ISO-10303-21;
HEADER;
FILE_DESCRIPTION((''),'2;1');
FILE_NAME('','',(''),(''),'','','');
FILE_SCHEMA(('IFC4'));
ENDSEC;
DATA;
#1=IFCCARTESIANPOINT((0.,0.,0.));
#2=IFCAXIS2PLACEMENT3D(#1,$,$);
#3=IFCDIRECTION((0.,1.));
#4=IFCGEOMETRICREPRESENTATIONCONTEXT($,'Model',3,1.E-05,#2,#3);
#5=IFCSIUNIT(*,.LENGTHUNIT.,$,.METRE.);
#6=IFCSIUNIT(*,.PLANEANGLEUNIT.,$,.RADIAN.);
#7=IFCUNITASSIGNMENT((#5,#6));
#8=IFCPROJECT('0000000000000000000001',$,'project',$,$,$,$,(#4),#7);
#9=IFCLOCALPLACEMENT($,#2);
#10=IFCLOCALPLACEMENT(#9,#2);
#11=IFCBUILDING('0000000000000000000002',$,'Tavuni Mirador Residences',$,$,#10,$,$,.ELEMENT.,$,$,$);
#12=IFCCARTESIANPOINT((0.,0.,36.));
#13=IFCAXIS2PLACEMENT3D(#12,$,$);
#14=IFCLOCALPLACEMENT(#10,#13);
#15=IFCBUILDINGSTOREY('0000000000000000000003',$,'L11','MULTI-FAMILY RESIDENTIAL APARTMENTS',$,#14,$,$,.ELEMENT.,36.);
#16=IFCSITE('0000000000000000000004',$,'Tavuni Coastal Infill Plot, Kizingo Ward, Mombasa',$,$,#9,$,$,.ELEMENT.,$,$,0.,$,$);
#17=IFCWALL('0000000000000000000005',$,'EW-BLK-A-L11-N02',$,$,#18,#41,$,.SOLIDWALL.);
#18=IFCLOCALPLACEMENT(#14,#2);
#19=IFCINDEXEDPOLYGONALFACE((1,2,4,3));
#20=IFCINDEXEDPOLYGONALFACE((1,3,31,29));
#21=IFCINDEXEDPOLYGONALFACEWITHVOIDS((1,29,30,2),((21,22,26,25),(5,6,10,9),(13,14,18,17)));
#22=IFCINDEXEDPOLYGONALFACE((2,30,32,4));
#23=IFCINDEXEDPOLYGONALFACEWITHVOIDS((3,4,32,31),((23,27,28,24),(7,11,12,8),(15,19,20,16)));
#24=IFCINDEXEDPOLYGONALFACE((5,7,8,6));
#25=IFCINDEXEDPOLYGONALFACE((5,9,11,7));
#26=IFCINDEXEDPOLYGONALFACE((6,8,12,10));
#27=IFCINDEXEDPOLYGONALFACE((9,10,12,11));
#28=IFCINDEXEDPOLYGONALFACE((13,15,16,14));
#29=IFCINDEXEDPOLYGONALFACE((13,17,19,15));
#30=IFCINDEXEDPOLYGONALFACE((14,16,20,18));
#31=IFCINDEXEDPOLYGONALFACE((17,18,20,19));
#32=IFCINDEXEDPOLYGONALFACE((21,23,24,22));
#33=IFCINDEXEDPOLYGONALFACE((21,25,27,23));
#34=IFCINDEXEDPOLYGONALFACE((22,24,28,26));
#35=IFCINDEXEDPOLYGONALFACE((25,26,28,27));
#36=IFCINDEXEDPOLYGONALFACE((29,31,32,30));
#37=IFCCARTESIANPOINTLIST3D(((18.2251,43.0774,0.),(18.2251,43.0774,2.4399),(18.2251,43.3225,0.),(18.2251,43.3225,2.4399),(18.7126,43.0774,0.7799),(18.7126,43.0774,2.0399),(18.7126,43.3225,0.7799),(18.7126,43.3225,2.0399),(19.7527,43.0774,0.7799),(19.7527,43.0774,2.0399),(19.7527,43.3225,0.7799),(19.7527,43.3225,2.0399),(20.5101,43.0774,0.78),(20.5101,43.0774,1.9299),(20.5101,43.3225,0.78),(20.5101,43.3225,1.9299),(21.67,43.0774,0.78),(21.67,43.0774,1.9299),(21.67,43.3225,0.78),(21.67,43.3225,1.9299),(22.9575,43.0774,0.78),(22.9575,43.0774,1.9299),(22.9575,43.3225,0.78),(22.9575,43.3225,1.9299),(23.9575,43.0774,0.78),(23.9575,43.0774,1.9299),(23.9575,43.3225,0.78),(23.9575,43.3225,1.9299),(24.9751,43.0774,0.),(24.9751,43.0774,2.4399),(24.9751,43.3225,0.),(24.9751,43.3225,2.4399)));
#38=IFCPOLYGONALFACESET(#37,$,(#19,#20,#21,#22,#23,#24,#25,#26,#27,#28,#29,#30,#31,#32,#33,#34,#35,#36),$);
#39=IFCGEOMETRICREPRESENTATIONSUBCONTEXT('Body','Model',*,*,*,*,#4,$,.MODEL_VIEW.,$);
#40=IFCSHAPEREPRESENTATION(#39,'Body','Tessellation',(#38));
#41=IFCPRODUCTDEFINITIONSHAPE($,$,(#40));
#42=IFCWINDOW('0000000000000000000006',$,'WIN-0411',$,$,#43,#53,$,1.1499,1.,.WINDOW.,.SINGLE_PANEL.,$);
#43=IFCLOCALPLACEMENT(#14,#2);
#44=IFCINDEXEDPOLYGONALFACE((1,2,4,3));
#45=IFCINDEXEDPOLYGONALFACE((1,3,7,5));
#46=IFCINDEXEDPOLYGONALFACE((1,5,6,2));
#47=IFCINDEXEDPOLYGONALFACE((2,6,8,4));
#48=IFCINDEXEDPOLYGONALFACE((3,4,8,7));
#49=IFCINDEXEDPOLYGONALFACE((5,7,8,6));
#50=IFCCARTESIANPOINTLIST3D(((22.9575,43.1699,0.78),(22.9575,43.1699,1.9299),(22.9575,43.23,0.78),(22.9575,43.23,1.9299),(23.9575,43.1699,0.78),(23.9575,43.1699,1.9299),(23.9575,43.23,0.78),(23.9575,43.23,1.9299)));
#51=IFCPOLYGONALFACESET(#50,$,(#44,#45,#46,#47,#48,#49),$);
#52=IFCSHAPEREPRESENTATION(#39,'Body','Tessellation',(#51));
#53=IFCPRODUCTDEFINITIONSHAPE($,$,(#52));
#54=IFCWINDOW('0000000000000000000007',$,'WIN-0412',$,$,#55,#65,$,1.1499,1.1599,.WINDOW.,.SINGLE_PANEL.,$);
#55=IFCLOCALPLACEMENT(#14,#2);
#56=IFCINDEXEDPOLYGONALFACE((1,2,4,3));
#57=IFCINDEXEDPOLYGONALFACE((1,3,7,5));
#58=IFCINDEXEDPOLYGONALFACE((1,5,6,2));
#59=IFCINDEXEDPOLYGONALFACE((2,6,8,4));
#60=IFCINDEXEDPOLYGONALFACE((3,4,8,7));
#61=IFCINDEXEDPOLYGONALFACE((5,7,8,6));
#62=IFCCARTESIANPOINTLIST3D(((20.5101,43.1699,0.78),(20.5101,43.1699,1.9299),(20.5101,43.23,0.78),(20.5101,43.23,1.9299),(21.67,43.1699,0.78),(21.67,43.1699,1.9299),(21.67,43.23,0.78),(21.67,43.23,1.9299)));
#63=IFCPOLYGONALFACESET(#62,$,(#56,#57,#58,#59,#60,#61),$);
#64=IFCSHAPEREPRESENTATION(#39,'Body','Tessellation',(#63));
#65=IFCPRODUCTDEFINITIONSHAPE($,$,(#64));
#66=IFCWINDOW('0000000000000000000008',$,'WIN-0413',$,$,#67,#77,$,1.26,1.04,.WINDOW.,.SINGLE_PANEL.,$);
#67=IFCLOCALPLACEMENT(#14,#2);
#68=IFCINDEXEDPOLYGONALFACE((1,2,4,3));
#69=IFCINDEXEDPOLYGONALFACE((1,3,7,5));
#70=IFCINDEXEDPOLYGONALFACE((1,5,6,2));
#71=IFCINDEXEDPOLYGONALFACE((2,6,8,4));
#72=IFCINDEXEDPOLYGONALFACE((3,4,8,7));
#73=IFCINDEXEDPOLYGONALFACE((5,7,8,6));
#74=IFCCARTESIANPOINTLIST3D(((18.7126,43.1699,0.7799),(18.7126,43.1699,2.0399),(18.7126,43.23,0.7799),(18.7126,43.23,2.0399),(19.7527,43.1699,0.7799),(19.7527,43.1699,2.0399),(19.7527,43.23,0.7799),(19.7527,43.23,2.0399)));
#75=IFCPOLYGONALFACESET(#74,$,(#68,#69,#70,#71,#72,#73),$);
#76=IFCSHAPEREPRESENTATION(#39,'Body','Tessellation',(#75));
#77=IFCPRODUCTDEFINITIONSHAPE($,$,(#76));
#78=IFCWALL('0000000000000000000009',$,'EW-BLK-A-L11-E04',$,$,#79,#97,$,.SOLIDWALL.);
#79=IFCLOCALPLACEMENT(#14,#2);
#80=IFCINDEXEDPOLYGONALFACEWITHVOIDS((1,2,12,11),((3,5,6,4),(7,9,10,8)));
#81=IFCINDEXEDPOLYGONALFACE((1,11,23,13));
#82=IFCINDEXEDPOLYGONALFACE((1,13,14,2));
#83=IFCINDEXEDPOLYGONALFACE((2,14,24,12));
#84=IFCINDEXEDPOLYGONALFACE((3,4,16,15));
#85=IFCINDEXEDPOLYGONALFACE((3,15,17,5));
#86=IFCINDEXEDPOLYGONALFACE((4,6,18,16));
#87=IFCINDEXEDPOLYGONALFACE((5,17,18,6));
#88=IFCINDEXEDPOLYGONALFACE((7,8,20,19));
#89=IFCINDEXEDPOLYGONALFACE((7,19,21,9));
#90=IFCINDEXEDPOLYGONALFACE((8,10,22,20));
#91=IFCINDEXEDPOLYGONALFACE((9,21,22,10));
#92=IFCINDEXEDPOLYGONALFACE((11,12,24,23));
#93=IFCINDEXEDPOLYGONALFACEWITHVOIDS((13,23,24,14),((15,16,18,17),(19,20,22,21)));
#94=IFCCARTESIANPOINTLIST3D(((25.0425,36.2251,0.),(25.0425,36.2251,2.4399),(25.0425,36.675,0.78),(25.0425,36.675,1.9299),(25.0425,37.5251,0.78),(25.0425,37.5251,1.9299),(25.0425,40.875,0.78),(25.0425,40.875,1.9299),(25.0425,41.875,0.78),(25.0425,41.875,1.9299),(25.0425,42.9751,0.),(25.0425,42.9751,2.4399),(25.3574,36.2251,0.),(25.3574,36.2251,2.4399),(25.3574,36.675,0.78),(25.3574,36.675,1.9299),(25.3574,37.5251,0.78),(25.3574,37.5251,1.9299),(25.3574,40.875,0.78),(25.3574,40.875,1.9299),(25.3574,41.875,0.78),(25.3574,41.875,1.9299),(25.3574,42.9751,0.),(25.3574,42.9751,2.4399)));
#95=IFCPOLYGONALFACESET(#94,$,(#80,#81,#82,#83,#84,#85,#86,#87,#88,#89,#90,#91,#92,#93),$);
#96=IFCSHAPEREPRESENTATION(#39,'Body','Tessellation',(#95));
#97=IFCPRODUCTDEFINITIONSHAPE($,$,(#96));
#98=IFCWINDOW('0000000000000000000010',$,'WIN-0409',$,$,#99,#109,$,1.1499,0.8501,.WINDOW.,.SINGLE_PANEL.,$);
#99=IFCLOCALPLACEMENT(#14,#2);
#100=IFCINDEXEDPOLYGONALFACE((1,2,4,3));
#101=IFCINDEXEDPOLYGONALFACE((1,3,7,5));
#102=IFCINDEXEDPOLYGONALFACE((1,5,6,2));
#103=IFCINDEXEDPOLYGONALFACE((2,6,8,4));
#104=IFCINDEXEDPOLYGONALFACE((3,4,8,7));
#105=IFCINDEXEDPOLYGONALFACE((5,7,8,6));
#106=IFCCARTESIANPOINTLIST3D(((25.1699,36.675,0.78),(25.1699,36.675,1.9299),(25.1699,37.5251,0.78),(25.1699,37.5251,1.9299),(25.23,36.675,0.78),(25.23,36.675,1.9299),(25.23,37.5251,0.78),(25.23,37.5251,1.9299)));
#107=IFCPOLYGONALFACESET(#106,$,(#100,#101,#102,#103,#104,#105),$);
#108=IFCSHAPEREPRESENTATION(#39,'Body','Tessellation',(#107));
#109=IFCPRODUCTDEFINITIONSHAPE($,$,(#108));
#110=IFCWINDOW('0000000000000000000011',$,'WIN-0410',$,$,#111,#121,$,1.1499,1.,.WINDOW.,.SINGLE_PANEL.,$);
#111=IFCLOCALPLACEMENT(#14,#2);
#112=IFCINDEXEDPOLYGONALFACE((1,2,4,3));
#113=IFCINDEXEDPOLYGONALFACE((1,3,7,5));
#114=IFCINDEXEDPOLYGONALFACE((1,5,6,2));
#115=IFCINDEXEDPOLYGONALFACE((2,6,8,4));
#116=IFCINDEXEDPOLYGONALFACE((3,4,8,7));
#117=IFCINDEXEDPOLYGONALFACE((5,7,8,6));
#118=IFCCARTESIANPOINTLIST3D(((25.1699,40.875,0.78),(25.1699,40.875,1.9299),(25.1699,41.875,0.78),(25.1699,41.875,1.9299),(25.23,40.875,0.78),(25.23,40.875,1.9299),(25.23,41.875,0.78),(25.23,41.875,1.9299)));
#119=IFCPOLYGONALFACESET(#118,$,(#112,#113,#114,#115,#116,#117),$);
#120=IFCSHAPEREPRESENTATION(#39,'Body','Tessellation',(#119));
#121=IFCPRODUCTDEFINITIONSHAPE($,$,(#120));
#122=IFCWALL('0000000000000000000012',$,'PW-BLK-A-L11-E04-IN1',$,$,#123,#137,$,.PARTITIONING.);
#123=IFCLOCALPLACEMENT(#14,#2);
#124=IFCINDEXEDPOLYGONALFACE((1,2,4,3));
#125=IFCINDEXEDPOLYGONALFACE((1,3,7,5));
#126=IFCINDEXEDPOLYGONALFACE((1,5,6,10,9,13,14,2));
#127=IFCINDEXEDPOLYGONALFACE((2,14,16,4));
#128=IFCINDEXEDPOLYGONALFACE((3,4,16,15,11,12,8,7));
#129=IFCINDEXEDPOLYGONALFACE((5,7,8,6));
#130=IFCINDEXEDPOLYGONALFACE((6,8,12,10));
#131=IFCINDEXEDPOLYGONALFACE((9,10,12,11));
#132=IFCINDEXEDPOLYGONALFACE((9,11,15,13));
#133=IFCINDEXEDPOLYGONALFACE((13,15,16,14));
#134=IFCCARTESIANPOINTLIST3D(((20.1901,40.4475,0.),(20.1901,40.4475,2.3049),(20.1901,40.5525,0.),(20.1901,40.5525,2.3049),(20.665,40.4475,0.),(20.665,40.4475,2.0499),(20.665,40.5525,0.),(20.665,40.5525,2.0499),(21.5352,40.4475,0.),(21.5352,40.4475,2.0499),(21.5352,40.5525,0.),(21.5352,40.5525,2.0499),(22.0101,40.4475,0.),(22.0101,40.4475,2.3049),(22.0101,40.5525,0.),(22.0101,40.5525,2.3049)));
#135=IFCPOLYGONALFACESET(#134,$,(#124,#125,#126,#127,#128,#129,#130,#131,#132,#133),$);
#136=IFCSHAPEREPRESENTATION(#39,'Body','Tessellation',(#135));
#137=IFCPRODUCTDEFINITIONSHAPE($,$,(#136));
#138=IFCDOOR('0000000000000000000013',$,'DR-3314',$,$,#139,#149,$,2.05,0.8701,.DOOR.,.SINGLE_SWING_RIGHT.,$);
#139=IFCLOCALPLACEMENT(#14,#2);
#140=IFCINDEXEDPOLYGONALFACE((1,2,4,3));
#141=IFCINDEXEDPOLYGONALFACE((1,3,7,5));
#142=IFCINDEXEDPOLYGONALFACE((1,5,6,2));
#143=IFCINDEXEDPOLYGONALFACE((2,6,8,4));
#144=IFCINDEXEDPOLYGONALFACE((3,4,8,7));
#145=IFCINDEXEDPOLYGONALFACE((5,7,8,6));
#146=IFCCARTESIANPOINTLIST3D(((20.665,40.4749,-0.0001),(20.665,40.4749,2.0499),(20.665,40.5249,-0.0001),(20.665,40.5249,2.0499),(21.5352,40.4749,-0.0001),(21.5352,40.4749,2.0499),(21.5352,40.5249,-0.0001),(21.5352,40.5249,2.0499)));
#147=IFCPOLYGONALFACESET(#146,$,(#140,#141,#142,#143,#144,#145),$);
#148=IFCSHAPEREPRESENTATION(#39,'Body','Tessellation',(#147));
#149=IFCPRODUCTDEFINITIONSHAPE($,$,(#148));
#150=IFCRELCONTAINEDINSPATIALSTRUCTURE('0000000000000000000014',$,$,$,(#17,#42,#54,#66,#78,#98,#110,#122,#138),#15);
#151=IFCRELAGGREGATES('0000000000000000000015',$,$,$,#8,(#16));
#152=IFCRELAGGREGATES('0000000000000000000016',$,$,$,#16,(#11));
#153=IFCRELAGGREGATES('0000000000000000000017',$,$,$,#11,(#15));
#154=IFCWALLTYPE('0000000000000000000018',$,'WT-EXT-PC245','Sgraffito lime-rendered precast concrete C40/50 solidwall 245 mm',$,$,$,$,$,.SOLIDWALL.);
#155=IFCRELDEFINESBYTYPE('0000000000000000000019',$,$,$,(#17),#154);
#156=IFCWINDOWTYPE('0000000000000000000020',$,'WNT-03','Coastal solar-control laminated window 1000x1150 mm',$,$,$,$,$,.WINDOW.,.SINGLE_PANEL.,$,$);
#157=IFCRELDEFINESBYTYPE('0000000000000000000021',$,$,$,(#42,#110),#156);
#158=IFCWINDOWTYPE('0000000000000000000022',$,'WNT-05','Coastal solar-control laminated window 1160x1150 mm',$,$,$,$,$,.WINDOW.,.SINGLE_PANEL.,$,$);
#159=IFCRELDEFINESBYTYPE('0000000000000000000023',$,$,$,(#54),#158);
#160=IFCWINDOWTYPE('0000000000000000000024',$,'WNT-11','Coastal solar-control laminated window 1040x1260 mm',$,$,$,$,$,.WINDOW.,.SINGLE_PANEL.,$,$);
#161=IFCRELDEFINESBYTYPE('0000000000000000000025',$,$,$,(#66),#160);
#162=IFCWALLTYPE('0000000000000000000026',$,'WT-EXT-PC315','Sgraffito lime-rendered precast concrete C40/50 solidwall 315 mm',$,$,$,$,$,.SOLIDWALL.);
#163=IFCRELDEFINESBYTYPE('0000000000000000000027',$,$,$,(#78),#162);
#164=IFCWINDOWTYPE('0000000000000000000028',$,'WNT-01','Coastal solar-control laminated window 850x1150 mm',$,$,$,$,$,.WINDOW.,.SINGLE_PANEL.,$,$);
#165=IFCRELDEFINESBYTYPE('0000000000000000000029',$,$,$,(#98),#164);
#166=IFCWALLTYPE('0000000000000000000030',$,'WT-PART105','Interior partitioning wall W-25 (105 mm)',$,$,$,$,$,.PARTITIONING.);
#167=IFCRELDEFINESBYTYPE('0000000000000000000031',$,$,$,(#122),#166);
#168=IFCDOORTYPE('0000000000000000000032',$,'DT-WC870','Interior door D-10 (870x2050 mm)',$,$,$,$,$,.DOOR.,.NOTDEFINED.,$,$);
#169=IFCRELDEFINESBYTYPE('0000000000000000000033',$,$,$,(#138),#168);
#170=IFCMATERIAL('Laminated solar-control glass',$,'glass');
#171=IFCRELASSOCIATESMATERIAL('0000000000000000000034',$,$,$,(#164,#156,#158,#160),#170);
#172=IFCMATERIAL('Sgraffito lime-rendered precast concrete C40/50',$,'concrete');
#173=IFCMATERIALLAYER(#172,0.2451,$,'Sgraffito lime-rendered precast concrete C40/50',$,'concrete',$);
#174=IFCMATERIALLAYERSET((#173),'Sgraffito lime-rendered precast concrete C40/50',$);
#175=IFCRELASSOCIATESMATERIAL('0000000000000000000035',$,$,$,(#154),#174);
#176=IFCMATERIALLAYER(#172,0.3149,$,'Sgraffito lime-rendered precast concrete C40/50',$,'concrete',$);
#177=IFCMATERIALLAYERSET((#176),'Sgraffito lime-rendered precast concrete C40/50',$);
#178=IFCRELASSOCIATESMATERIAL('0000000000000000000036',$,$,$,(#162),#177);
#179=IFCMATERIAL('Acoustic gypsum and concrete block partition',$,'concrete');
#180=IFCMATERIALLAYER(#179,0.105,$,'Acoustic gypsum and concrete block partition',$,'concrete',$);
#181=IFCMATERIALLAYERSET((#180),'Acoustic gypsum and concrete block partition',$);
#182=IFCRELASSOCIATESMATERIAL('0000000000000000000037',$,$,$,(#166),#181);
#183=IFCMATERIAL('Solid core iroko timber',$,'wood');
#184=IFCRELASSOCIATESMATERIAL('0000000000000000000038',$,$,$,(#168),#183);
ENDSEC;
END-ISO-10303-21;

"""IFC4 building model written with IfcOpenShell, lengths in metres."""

from ifc_helpers import new_model, si_unit, direction, frame, frame_2d, origin, place, context, subcontext, project, spatial, rectangle, extrude, material, layer, layer_set, type_object, element, fill, save


model = new_model("IFC4")

# Units and contexts
model_context = context("Model", 3, precision=1e-05, world=origin(), true_north=direction((0.0, 1.0)))
body_context = subcontext(model_context, "Body", "Model", "MODEL_VIEW")
ifc_project = project(units=[si_unit("LENGTHUNIT", "METRE"), si_unit("PLANEANGLEUNIT", "RADIAN")], contexts=[model_context])

# Site, building, storey
site_placement = place(None, origin())
site = spatial("IfcSite", under=ifc_project, at=site_placement, Name="Tavuni Coastal Infill Plot, Kizingo Ward, Mombasa", CompositionType="ELEMENT", RefElevation=0.0)
building_placement = place(site_placement, origin())
building = spatial("IfcBuilding", under=site, at=building_placement, Name="Tavuni Mirador Residences", CompositionType="ELEMENT")
storey_placement = place(building_placement, frame((0.0, 0.0, 36.0)))
storey = spatial("IfcBuildingStorey", under=building, at=storey_placement, Name="L11", Description="MULTI-FAMILY RESIDENTIAL APARTMENTS", CompositionType="ELEMENT", Elevation=36.0)

# Walls, openings, windows
ifc_material_1 = material(Name="Laminated solar-control glass", Category="glass")
window_type_1 = type_object("IfcWindowType", Name="WNT-01", Description="Coastal solar-control laminated window 850x1150 mm", PartitioningType="SINGLE_PANEL", PredefinedType="WINDOW", material=ifc_material_1)
ifc_material_2 = material(Name="Sgraffito lime-rendered precast concrete C40/50", Category="concrete")
ifc_layer_1 = layer(ifc_material_2, 0.2451, Name="Sgraffito lime-rendered precast concrete C40/50", Category="concrete")
ifc_layer_set_1 = layer_set([ifc_layer_1], Name="Sgraffito lime-rendered precast concrete C40/50")
wall_type_1 = type_object("IfcWallType", Name="WT-EXT-PC245", Description="Sgraffito lime-rendered precast concrete C40/50 solidwall 245 mm", PredefinedType="SOLIDWALL", material=ifc_layer_set_1)
wall_1_placement = place(storey_placement, frame((24.9751, 43.2, 0.0), z_axis=(0.0, 0.0, 1.0), x_axis=(-1.0, 0.0, 0.0)))
wall_1 = element("IfcWall", 1, at=wall_1_placement, inside=storey, type_object=wall_type_1, Name="EW-BLK-A-L11-N02", PredefinedType="SOLIDWALL", context=body_context, shape_type="SweptSolid", body=[
    extrude(rectangle(XDim=6.75, YDim=0.2451, at=frame_2d((3.375, 0.0))), origin(), (0.0, 0.0, 1.0), 2.4399),
])
opening_1_placement = place(wall_1_placement, frame((1.0176, 0.0, 0.78)))
opening_1 = element("IfcOpeningElement", 2, at=opening_1_placement, cuts=wall_1, PredefinedType="OPENING", context=body_context, shape_type="SweptSolid", body=[
    extrude(rectangle(XDim=1.0, YDim=1.1499, at=frame_2d((0.5, 0.575))), frame((0.0, 0.1326, 0.0), z_axis=(0.0, -1.0, 0.0), x_axis=(1.0, 0.0, 0.0)), (0.0, 0.0, 1.0), 0.2651),
])
opening_2_placement = place(wall_1_placement, frame((3.3049, 0.0, 0.78)))
opening_2 = element("IfcOpeningElement", 3, at=opening_2_placement, cuts=wall_1, PredefinedType="OPENING", context=body_context, shape_type="SweptSolid", body=[
    extrude(rectangle(XDim=1.1599, YDim=1.1499, at=frame_2d((0.5801, 0.575))), frame((0.0, 0.1326, 0.0), z_axis=(0.0, -1.0, 0.0), x_axis=(1.0, 0.0, 0.0)), (0.0, 0.0, 1.0), 0.2651),
])
opening_3_placement = place(wall_1_placement, frame((5.2224, 0.0, 0.78)))
opening_3 = element("IfcOpeningElement", 4, at=opening_3_placement, cuts=wall_1, PredefinedType="OPENING", context=body_context, shape_type="SweptSolid", body=[
    extrude(rectangle(XDim=1.04, YDim=1.26, at=frame_2d((0.52, 0.6299))), frame((0.0, 0.1326, 0.0), z_axis=(0.0, -1.0, 0.0), x_axis=(1.0, 0.0, 0.0)), (0.0, 0.0, 1.0), 0.2651),
])
window_type_2 = type_object("IfcWindowType", Name="WNT-03", Description="Coastal solar-control laminated window 1000x1150 mm", PartitioningType="SINGLE_PANEL", PredefinedType="WINDOW", material=ifc_material_1)
window_1_placement = place(opening_1_placement, origin())
window_1 = element("IfcWindow", 5, at=window_1_placement, inside=storey, type_object=window_type_2, Name="WIN-0411", OverallHeight=1.1499, OverallWidth=1.0, PartitioningType="SINGLE_PANEL", PredefinedType="WINDOW", context=body_context, shape_type="SweptSolid", body=[
    extrude(rectangle(XDim=1.0, YDim=1.1499, at=frame_2d((0.5, 0.575))), frame((0.0, 0.03, 0.0), z_axis=(0.0, -1.0, 0.0), x_axis=(1.0, 0.0, 0.0)), (0.0, 0.0, 1.0), 0.0601),
])
fill(opening_1, window_1)
window_type_3 = type_object("IfcWindowType", Name="WNT-05", Description="Coastal solar-control laminated window 1160x1150 mm", PartitioningType="SINGLE_PANEL", PredefinedType="WINDOW", material=ifc_material_1)
window_2_placement = place(opening_2_placement, origin())
window_2 = element("IfcWindow", 6, at=window_2_placement, inside=storey, type_object=window_type_3, Name="WIN-0412", OverallHeight=1.1499, OverallWidth=1.1599, PartitioningType="SINGLE_PANEL", PredefinedType="WINDOW", context=body_context, shape_type="SweptSolid", body=[
    extrude(rectangle(XDim=1.1599, YDim=1.1499, at=frame_2d((0.5801, 0.575))), frame((0.0, 0.03, 0.0), z_axis=(0.0, -1.0, 0.0), x_axis=(1.0, 0.0, 0.0)), (0.0, 0.0, 1.0), 0.0601),
])
fill(opening_2, window_2)
window_type_4 = type_object("IfcWindowType", Name="WNT-11", Description="Coastal solar-control laminated window 1040x1260 mm", PartitioningType="SINGLE_PANEL", PredefinedType="WINDOW", material=ifc_material_1)
window_3_placement = place(opening_3_placement, origin())
window_3 = element("IfcWindow", 7, at=window_3_placement, inside=storey, type_object=window_type_4, Name="WIN-0413", OverallHeight=1.26, OverallWidth=1.04, PartitioningType="SINGLE_PANEL", PredefinedType="WINDOW", context=body_context, shape_type="SweptSolid", body=[
    extrude(rectangle(XDim=1.04, YDim=1.26, at=frame_2d((0.52, 0.6299))), frame((0.0, 0.03, 0.0), z_axis=(0.0, -1.0, 0.0), x_axis=(1.0, 0.0, 0.0)), (0.0, 0.0, 1.0), 0.0601),
])
fill(opening_3, window_3)
ifc_layer_2 = layer(ifc_material_2, 0.3149, Name="Sgraffito lime-rendered precast concrete C40/50", Category="concrete")
ifc_layer_set_2 = layer_set([ifc_layer_2], Name="Sgraffito lime-rendered precast concrete C40/50")
wall_type_2 = type_object("IfcWallType", Name="WT-EXT-PC315", Description="Sgraffito lime-rendered precast concrete C40/50 solidwall 315 mm", PredefinedType="SOLIDWALL", material=ifc_layer_set_2)
wall_2_placement = place(storey_placement, frame((25.2, 36.2251, 0.0), z_axis=(0.0, 0.0, 1.0), x_axis=(0.0, 1.0, 0.0)))
wall_2 = element("IfcWall", 8, at=wall_2_placement, inside=storey, type_object=wall_type_2, Name="EW-BLK-A-L11-E04", PredefinedType="SOLIDWALL", context=body_context, shape_type="SweptSolid", body=[
    extrude(rectangle(XDim=6.75, YDim=0.3149, at=frame_2d((3.375, 0.0))), origin(), (0.0, 0.0, 1.0), 2.4399),
])
opening_4_placement = place(wall_2_placement, frame((0.45, 0.0, 0.78)))
opening_4 = element("IfcOpeningElement", 9, at=opening_4_placement, cuts=wall_2, PredefinedType="OPENING", context=body_context, shape_type="SweptSolid", body=[
    extrude(rectangle(XDim=0.8501, YDim=1.1499, at=frame_2d((0.425, 0.575))), frame((0.0, 0.1675, 0.0), z_axis=(0.0, -1.0, 0.0), x_axis=(1.0, 0.0, 0.0)), (0.0, 0.0, 1.0), 0.335),
])
opening_5_placement = place(wall_2_placement, frame((4.6499, 0.0, 0.78)))
opening_5 = element("IfcOpeningElement", 10, at=opening_5_placement, cuts=wall_2, PredefinedType="OPENING", context=body_context, shape_type="SweptSolid", body=[
    extrude(rectangle(XDim=1.0, YDim=1.1499, at=frame_2d((0.5, 0.575))), frame((0.0, 0.1675, 0.0), z_axis=(0.0, -1.0, 0.0), x_axis=(1.0, 0.0, 0.0)), (0.0, 0.0, 1.0), 0.335),
])
window_4_placement = place(opening_4_placement, origin())
window_4 = element("IfcWindow", 11, at=window_4_placement, inside=storey, type_object=window_type_1, Name="WIN-0409", OverallHeight=1.1499, OverallWidth=0.8501, PartitioningType="SINGLE_PANEL", PredefinedType="WINDOW", context=body_context, shape_type="SweptSolid", body=[
    extrude(rectangle(XDim=0.8501, YDim=1.1499, at=frame_2d((0.425, 0.575))), frame((0.0, 0.03, 0.0), z_axis=(0.0, -1.0, 0.0), x_axis=(1.0, 0.0, 0.0)), (0.0, 0.0, 1.0), 0.0601),
])
fill(opening_4, window_4)
window_5_placement = place(opening_5_placement, origin())
window_5 = element("IfcWindow", 12, at=window_5_placement, inside=storey, type_object=window_type_2, Name="WIN-0410", OverallHeight=1.1499, OverallWidth=1.0, PartitioningType="SINGLE_PANEL", PredefinedType="WINDOW", context=body_context, shape_type="SweptSolid", body=[
    extrude(rectangle(XDim=1.0, YDim=1.1499, at=frame_2d((0.5, 0.575))), frame((0.0, 0.03, 0.0), z_axis=(0.0, -1.0, 0.0), x_axis=(1.0, 0.0, 0.0)), (0.0, 0.0, 1.0), 0.0601),
])
fill(opening_5, window_5)

# Wall, opening, door
ifc_material_3 = material(Name="Acoustic gypsum and concrete block partition", Category="concrete")
ifc_layer_3 = layer(ifc_material_3, 0.105, Name="Acoustic gypsum and concrete block partition", Category="concrete")
ifc_layer_set_3 = layer_set([ifc_layer_3], Name="Acoustic gypsum and concrete block partition")
wall_type_3 = type_object("IfcWallType", Name="WT-PART105", Description="Interior partitioning wall W-25 (105 mm)", PredefinedType="PARTITIONING", material=ifc_layer_set_3)
wall_3_placement = place(storey_placement, frame((20.1899, 40.5, 0.0), z_axis=(0.0, 0.0, 1.0), x_axis=(1.0, 0.0, 0.0)))
wall_3 = element("IfcWall", 13, at=wall_3_placement, inside=storey, type_object=wall_type_3, Name="PW-BLK-A-L11-E04-IN1", PredefinedType="PARTITIONING", context=body_context, shape_type="SweptSolid", body=[
    extrude(rectangle(XDim=1.8201, YDim=0.105, at=frame_2d((0.9102, 0.0))), origin(), (0.0, 0.0, 1.0), 2.3049),
])
opening_6_placement = place(wall_3_placement, frame((0.4751, 0.0, 0.0)))
opening_6 = element("IfcOpeningElement", 14, at=opening_6_placement, cuts=wall_3, PredefinedType="OPENING", context=body_context, shape_type="SweptSolid", body=[
    extrude(rectangle(XDim=0.8701, YDim=2.05, at=frame_2d((0.4351, 1.0249))), frame((0.0, 0.0625, 0.0), z_axis=(0.0, -1.0, 0.0), x_axis=(1.0, 0.0, 0.0)), (0.0, 0.0, 1.0), 0.125),
])
ifc_material_4 = material(Name="Solid core iroko timber", Category="wood")
door_type_1 = type_object("IfcDoorType", Name="DT-WC870", Description="Interior door D-10 (870x2050 mm)", OperationType="NOTDEFINED", PredefinedType="DOOR", material=ifc_material_4)
door_1_placement = place(opening_6_placement, origin())
door_1 = element("IfcDoor", 15, at=door_1_placement, inside=storey, type_object=door_type_1, Name="DR-3314", OperationType="SINGLE_SWING_RIGHT", OverallHeight=2.05, OverallWidth=0.8701, PredefinedType="DOOR", context=body_context, shape_type="SweptSolid", body=[
    extrude(rectangle(XDim=0.8701, YDim=2.05, at=frame_2d((0.4351, 1.0249))), frame((0.0, 0.0249, 0.0), z_axis=(0.0, -1.0, 0.0), x_axis=(1.0, 0.0, 0.0)), (0.0, 0.0, 1.0), 0.05),
])
fill(opening_6, door_1)

save(model, "model.ifc")
